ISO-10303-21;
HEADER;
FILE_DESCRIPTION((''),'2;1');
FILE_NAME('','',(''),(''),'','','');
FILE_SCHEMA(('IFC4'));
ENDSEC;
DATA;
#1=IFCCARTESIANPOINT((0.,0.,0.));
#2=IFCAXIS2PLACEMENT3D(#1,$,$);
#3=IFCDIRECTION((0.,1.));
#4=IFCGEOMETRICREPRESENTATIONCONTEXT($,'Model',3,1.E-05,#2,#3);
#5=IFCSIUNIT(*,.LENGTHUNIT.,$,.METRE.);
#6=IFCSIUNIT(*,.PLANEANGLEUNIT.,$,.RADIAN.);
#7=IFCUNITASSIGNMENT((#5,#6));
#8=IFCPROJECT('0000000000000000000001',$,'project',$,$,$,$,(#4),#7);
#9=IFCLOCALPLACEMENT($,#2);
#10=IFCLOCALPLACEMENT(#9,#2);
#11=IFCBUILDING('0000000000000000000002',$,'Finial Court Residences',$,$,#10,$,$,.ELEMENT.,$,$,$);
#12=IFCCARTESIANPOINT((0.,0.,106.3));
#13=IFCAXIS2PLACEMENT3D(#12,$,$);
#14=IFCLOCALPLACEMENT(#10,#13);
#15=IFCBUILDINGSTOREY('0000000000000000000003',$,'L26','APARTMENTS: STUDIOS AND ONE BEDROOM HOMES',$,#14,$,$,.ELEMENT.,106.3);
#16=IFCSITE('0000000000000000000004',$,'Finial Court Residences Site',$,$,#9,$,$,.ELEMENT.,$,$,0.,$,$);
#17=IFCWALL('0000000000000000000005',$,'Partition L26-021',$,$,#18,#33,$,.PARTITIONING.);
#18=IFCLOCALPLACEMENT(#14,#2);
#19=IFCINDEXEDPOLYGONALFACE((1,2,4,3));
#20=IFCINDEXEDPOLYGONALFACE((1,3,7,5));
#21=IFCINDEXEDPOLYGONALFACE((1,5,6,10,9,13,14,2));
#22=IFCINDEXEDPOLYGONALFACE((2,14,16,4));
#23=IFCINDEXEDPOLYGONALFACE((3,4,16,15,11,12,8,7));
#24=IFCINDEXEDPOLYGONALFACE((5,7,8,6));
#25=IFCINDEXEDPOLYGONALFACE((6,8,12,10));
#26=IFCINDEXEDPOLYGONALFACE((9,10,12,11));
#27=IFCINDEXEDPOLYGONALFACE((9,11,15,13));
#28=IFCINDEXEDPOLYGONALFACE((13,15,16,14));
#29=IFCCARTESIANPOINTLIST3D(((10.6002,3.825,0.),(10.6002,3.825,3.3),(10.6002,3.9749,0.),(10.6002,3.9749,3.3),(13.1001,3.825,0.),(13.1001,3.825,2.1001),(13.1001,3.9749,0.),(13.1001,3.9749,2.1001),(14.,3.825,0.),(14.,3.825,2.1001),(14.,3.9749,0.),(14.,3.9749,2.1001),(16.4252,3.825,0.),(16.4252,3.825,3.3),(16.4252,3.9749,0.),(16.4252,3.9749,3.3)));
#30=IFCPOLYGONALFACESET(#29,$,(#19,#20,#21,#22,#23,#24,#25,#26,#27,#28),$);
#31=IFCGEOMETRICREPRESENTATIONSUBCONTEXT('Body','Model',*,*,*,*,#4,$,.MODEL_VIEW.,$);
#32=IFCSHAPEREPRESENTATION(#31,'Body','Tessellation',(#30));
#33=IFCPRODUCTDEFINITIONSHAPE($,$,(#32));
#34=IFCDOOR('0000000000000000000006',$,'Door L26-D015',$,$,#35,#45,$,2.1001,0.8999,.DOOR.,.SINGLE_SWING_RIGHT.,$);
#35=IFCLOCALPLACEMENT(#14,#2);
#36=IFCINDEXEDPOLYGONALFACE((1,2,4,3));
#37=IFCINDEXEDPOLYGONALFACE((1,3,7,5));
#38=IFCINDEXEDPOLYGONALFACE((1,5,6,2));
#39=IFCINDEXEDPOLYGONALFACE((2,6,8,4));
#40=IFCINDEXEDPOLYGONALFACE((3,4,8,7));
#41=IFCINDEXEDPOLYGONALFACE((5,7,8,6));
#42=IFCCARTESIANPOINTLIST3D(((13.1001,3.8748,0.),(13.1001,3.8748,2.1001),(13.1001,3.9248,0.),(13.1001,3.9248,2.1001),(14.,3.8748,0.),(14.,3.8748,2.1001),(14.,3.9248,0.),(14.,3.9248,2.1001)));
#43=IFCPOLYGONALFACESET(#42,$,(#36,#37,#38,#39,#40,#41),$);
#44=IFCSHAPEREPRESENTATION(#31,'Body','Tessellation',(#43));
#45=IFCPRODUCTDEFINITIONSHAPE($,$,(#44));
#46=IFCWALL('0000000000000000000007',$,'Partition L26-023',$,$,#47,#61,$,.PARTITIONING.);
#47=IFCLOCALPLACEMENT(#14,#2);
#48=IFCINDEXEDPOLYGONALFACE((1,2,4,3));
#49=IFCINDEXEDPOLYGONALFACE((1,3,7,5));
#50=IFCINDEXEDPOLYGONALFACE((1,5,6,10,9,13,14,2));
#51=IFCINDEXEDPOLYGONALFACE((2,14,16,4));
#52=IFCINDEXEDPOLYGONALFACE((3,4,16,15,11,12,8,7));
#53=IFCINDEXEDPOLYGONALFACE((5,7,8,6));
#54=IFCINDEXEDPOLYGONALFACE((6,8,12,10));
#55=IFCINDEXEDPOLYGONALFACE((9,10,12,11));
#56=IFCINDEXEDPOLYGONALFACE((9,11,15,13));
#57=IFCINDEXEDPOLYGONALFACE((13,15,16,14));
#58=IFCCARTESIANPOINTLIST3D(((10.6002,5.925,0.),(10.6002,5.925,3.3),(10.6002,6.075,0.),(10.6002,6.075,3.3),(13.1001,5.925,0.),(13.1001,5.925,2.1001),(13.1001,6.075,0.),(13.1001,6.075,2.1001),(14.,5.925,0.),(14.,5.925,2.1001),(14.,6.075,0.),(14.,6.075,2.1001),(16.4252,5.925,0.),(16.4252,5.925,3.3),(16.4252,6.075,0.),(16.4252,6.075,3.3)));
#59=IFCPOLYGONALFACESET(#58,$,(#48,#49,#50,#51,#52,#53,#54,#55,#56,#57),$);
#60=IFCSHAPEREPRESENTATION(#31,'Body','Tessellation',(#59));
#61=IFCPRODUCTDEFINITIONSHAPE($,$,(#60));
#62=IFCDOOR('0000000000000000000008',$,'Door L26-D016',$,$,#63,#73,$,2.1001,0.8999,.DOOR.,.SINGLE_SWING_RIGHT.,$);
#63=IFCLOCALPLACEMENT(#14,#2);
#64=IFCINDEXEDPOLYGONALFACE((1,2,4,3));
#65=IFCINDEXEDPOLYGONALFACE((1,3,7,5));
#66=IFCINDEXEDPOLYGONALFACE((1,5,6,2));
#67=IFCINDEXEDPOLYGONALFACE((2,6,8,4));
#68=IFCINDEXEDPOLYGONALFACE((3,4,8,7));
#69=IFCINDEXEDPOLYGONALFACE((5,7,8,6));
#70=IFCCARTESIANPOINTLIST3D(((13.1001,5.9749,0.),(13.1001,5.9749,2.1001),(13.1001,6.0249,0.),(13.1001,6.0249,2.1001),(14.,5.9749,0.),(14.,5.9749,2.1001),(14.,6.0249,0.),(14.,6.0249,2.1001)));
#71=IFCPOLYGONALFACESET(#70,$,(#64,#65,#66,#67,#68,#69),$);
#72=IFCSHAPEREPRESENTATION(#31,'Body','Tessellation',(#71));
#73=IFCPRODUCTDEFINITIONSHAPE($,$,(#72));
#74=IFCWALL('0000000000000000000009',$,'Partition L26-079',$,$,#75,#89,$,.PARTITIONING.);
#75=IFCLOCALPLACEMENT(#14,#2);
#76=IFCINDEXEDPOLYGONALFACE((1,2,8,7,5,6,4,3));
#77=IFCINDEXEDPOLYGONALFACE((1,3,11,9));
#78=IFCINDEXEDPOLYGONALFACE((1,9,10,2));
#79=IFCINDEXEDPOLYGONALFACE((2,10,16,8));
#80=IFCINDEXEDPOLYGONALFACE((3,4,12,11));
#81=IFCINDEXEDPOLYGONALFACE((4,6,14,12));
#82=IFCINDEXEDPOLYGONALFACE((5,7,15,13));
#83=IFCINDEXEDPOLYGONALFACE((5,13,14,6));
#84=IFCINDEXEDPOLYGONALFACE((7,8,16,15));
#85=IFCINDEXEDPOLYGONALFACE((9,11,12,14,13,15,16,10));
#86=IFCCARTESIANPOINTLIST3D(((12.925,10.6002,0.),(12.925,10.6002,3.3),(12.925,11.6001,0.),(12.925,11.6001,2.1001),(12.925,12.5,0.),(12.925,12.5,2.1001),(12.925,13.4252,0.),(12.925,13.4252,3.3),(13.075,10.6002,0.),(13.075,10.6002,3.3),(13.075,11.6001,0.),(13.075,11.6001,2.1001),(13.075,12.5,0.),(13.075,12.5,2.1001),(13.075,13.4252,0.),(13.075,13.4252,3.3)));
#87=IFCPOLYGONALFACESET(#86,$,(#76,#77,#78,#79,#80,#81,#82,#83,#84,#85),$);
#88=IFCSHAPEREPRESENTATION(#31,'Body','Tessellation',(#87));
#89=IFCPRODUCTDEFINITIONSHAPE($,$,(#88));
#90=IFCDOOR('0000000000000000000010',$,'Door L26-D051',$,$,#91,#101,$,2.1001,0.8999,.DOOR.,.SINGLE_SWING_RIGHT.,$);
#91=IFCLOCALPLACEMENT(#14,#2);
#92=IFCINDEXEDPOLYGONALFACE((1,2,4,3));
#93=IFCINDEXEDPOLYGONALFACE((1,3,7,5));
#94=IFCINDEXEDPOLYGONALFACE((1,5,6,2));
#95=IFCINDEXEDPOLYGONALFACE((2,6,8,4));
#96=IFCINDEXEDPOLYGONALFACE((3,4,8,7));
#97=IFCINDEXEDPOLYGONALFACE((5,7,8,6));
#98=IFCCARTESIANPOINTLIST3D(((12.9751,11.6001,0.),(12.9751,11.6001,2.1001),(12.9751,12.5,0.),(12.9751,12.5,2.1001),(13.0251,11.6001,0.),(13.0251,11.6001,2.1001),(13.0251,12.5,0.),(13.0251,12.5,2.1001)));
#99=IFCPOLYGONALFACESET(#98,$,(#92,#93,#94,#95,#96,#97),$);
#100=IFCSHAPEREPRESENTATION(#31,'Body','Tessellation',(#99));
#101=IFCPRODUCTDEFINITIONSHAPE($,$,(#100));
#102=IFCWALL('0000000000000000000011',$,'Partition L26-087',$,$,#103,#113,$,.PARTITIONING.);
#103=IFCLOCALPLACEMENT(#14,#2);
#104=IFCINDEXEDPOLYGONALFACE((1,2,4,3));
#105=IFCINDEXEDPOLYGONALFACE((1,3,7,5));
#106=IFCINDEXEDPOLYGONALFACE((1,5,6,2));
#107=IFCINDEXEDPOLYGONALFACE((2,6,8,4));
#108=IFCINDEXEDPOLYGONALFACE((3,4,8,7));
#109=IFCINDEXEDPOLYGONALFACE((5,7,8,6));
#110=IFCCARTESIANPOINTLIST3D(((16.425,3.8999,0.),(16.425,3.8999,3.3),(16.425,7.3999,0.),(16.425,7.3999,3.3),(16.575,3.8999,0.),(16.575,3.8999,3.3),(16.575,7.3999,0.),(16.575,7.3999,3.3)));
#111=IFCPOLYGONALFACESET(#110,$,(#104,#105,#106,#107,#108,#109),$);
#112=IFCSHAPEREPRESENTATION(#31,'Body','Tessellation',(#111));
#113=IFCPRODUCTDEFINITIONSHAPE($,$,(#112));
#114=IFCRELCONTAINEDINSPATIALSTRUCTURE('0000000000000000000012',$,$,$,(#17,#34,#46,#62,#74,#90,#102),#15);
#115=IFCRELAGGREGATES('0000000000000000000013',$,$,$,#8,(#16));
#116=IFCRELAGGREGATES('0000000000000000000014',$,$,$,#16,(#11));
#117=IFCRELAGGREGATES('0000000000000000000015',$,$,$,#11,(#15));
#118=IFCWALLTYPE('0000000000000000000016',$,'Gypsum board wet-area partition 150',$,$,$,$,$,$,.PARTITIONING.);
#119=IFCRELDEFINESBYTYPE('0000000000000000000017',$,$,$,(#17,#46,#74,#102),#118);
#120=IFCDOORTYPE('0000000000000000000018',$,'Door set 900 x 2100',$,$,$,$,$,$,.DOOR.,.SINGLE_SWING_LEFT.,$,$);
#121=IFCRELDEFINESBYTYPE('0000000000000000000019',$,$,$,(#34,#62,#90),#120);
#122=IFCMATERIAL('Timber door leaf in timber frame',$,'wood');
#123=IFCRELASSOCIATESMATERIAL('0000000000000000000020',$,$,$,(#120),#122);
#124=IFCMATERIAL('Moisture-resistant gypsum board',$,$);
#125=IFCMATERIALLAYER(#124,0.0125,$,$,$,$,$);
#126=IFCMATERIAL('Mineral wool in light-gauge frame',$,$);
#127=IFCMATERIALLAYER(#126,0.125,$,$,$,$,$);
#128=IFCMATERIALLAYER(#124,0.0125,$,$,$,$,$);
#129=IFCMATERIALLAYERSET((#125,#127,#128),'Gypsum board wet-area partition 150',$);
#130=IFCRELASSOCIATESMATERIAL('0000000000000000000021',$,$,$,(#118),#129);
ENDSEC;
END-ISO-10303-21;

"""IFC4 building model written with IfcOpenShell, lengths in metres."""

from ifc_helpers import new_model, si_unit, direction, frame, frame_2d, origin, place, context, subcontext, project, spatial, rectangle, extrude, material, layer, layer_set, type_object, element, fill, save


model = new_model("IFC4")

# Units and contexts
model_context = context("Model", 3, precision=1e-05, world=origin(), true_north=direction((0.0, 1.0)))
body_context = subcontext(model_context, "Body", "Model", "MODEL_VIEW")
ifc_project = project(units=[si_unit("LENGTHUNIT", "METRE"), si_unit("PLANEANGLEUNIT", "RADIAN")], contexts=[model_context])

# Site, building, storey
site_placement = place(None, origin())
site = spatial("IfcSite", under=ifc_project, at=site_placement, Name="Finial Court Residences Site", CompositionType="ELEMENT", RefElevation=0.0)
building_placement = place(site_placement, origin())
building = spatial("IfcBuilding", under=site, at=building_placement, Name="Finial Court Residences", CompositionType="ELEMENT")
storey_placement = place(building_placement, frame((0.0, 0.0, 106.3)))
storey = spatial("IfcBuildingStorey", under=building, at=storey_placement, Name="L26", Description="APARTMENTS: STUDIOS AND ONE BEDROOM HOMES", CompositionType="ELEMENT", Elevation=106.3)

# Walls, openings, doors
ifc_material_1 = material(Name="Mineral wool in light-gauge frame")
ifc_material_2 = material(Name="Timber door leaf in timber frame", Category="wood")
door_type = type_object("IfcDoorType", Name="Door set 900 x 2100", OperationType="SINGLE_SWING_LEFT", PredefinedType="DOOR", material=ifc_material_2)
ifc_material_3 = material(Name="Moisture-resistant gypsum board")
ifc_layer_1 = layer(ifc_material_3, 0.0125)
ifc_layer_2 = layer(ifc_material_1, 0.125)
ifc_layer_3 = layer(ifc_material_3, 0.0125)
ifc_layer_set_1 = layer_set([ifc_layer_1, ifc_layer_2, ifc_layer_3], Name="Gypsum board wet-area partition 150")
wall_type_1 = type_object("IfcWallType", Name="Gypsum board wet-area partition 150", PredefinedType="PARTITIONING", material=ifc_layer_set_1)
wall_1_placement = place(storey_placement, frame((10.6001, 3.8999, 0.0), z_axis=(0.0, 0.0, 1.0), x_axis=(1.0, 0.0, 0.0)))
wall_1 = element("IfcWall", 1, at=wall_1_placement, inside=storey, type_object=wall_type_1, Name="Partition L26-021", PredefinedType="PARTITIONING", context=body_context, shape_type="SweptSolid", body=[
    extrude(rectangle(XDim=5.825, YDim=0.1499, at=frame_2d((2.9126, 0.0))), origin(), (0.0, 0.0, 1.0), 3.3),
])
opening_1_placement = place(wall_1_placement, frame((2.5, 0.0, 0.0)))
opening_1 = element("IfcOpeningElement", 2, at=opening_1_placement, cuts=wall_1, PredefinedType="OPENING", context=body_context, shape_type="SweptSolid", body=[
    extrude(rectangle(XDim=0.8999, YDim=2.1001, at=frame_2d((0.45, 1.05))), frame((0.0, 0.085, 0.0), z_axis=(0.0, -1.0, 0.0), x_axis=(1.0, 0.0, 0.0)), (0.0, 0.0, 1.0), 0.1699),
])
door_1_placement = place(opening_1_placement, origin())
door_1 = element("IfcDoor", 3, at=door_1_placement, inside=storey, type_object=door_type, Name="Door L26-D015", OperationType="SINGLE_SWING_RIGHT", OverallHeight=2.1001, OverallWidth=0.8999, PredefinedType="DOOR", context=body_context, shape_type="SweptSolid", body=[
    extrude(rectangle(XDim=0.8999, YDim=2.1001, at=frame_2d((0.45, 1.05))), frame((0.0, 0.0249, 0.0), z_axis=(0.0, -1.0, 0.0), x_axis=(1.0, 0.0, 0.0)), (0.0, 0.0, 1.0), 0.05),
])
fill(opening_1, door_1)
wall_2_placement = place(storey_placement, frame((10.6001, 6.0, 0.0), z_axis=(0.0, 0.0, 1.0), x_axis=(1.0, 0.0, 0.0)))
wall_2 = element("IfcWall", 4, at=wall_2_placement, inside=storey, type_object=wall_type_1, Name="Partition L26-023", PredefinedType="PARTITIONING", context=body_context, shape_type="SweptSolid", body=[
    extrude(rectangle(XDim=5.825, YDim=0.1499, at=frame_2d((2.9126, 0.0))), origin(), (0.0, 0.0, 1.0), 3.3),
])
opening_2_placement = place(wall_2_placement, frame((2.5, 0.0, 0.0)))
opening_2 = element("IfcOpeningElement", 5, at=opening_2_placement, cuts=wall_2, PredefinedType="OPENING", context=body_context, shape_type="SweptSolid", body=[
    extrude(rectangle(XDim=0.8999, YDim=2.1001, at=frame_2d((0.45, 1.05))), frame((0.0, 0.085, 0.0), z_axis=(0.0, -1.0, 0.0), x_axis=(1.0, 0.0, 0.0)), (0.0, 0.0, 1.0), 0.1699),
])
door_2_placement = place(opening_2_placement, origin())
door_2 = element("IfcDoor", 6, at=door_2_placement, inside=storey, type_object=door_type, Name="Door L26-D016", OperationType="SINGLE_SWING_RIGHT", OverallHeight=2.1001, OverallWidth=0.8999, PredefinedType="DOOR", context=body_context, shape_type="SweptSolid", body=[
    extrude(rectangle(XDim=0.8999, YDim=2.1001, at=frame_2d((0.45, 1.05))), frame((0.0, 0.0249, 0.0), z_axis=(0.0, -1.0, 0.0), x_axis=(1.0, 0.0, 0.0)), (0.0, 0.0, 1.0), 0.05),
])
fill(opening_2, door_2)
wall_3_placement = place(storey_placement, frame((13.0, 10.6001, 0.0), z_axis=(0.0, 0.0, 1.0), x_axis=(0.0, 1.0, 0.0)))
wall_3 = element("IfcWall", 7, at=wall_3_placement, inside=storey, type_object=wall_type_1, Name="Partition L26-079", PredefinedType="PARTITIONING", context=body_context, shape_type="SweptSolid", body=[
    extrude(rectangle(XDim=2.825, YDim=0.1499, at=frame_2d((1.4126, 0.0))), origin(), (0.0, 0.0, 1.0), 3.3),
])
opening_3_placement = place(wall_3_placement, frame((1.0, 0.0, 0.0)))
opening_3 = element("IfcOpeningElement", 8, at=opening_3_placement, cuts=wall_3, PredefinedType="OPENING", context=body_context, shape_type="SweptSolid", body=[
    extrude(rectangle(XDim=0.8999, YDim=2.1001, at=frame_2d((0.45, 1.05))), frame((0.0, 0.085, 0.0), z_axis=(0.0, -1.0, 0.0), x_axis=(1.0, 0.0, 0.0)), (0.0, 0.0, 1.0), 0.1699),
])
door_3_placement = place(opening_3_placement, origin())
door_3 = element("IfcDoor", 9, at=door_3_placement, inside=storey, type_object=door_type, Name="Door L26-D051", OperationType="SINGLE_SWING_RIGHT", OverallHeight=2.1001, OverallWidth=0.8999, PredefinedType="DOOR", context=body_context, shape_type="SweptSolid", body=[
    extrude(rectangle(XDim=0.8999, YDim=2.1001, at=frame_2d((0.45, 1.05))), frame((0.0, 0.0249, 0.0), z_axis=(0.0, -1.0, 0.0), x_axis=(1.0, 0.0, 0.0)), (0.0, 0.0, 1.0), 0.05),
])
fill(opening_3, door_3)

# Wall
wall_4_placement = place(storey_placement, frame((16.5, 3.8999, 0.0), z_axis=(0.0, 0.0, 1.0), x_axis=(0.0, 1.0, 0.0)))
element("IfcWall", 10, at=wall_4_placement, inside=storey, type_object=wall_type_1, Name="Partition L26-087", PredefinedType="PARTITIONING", context=body_context, shape_type="SweptSolid", body=[
    extrude(rectangle(XDim=3.5, YDim=0.1499, at=frame_2d((1.75, 0.0))), origin(), (0.0, 0.0, 1.0), 3.3),
])

save(model, "model.ifc")
